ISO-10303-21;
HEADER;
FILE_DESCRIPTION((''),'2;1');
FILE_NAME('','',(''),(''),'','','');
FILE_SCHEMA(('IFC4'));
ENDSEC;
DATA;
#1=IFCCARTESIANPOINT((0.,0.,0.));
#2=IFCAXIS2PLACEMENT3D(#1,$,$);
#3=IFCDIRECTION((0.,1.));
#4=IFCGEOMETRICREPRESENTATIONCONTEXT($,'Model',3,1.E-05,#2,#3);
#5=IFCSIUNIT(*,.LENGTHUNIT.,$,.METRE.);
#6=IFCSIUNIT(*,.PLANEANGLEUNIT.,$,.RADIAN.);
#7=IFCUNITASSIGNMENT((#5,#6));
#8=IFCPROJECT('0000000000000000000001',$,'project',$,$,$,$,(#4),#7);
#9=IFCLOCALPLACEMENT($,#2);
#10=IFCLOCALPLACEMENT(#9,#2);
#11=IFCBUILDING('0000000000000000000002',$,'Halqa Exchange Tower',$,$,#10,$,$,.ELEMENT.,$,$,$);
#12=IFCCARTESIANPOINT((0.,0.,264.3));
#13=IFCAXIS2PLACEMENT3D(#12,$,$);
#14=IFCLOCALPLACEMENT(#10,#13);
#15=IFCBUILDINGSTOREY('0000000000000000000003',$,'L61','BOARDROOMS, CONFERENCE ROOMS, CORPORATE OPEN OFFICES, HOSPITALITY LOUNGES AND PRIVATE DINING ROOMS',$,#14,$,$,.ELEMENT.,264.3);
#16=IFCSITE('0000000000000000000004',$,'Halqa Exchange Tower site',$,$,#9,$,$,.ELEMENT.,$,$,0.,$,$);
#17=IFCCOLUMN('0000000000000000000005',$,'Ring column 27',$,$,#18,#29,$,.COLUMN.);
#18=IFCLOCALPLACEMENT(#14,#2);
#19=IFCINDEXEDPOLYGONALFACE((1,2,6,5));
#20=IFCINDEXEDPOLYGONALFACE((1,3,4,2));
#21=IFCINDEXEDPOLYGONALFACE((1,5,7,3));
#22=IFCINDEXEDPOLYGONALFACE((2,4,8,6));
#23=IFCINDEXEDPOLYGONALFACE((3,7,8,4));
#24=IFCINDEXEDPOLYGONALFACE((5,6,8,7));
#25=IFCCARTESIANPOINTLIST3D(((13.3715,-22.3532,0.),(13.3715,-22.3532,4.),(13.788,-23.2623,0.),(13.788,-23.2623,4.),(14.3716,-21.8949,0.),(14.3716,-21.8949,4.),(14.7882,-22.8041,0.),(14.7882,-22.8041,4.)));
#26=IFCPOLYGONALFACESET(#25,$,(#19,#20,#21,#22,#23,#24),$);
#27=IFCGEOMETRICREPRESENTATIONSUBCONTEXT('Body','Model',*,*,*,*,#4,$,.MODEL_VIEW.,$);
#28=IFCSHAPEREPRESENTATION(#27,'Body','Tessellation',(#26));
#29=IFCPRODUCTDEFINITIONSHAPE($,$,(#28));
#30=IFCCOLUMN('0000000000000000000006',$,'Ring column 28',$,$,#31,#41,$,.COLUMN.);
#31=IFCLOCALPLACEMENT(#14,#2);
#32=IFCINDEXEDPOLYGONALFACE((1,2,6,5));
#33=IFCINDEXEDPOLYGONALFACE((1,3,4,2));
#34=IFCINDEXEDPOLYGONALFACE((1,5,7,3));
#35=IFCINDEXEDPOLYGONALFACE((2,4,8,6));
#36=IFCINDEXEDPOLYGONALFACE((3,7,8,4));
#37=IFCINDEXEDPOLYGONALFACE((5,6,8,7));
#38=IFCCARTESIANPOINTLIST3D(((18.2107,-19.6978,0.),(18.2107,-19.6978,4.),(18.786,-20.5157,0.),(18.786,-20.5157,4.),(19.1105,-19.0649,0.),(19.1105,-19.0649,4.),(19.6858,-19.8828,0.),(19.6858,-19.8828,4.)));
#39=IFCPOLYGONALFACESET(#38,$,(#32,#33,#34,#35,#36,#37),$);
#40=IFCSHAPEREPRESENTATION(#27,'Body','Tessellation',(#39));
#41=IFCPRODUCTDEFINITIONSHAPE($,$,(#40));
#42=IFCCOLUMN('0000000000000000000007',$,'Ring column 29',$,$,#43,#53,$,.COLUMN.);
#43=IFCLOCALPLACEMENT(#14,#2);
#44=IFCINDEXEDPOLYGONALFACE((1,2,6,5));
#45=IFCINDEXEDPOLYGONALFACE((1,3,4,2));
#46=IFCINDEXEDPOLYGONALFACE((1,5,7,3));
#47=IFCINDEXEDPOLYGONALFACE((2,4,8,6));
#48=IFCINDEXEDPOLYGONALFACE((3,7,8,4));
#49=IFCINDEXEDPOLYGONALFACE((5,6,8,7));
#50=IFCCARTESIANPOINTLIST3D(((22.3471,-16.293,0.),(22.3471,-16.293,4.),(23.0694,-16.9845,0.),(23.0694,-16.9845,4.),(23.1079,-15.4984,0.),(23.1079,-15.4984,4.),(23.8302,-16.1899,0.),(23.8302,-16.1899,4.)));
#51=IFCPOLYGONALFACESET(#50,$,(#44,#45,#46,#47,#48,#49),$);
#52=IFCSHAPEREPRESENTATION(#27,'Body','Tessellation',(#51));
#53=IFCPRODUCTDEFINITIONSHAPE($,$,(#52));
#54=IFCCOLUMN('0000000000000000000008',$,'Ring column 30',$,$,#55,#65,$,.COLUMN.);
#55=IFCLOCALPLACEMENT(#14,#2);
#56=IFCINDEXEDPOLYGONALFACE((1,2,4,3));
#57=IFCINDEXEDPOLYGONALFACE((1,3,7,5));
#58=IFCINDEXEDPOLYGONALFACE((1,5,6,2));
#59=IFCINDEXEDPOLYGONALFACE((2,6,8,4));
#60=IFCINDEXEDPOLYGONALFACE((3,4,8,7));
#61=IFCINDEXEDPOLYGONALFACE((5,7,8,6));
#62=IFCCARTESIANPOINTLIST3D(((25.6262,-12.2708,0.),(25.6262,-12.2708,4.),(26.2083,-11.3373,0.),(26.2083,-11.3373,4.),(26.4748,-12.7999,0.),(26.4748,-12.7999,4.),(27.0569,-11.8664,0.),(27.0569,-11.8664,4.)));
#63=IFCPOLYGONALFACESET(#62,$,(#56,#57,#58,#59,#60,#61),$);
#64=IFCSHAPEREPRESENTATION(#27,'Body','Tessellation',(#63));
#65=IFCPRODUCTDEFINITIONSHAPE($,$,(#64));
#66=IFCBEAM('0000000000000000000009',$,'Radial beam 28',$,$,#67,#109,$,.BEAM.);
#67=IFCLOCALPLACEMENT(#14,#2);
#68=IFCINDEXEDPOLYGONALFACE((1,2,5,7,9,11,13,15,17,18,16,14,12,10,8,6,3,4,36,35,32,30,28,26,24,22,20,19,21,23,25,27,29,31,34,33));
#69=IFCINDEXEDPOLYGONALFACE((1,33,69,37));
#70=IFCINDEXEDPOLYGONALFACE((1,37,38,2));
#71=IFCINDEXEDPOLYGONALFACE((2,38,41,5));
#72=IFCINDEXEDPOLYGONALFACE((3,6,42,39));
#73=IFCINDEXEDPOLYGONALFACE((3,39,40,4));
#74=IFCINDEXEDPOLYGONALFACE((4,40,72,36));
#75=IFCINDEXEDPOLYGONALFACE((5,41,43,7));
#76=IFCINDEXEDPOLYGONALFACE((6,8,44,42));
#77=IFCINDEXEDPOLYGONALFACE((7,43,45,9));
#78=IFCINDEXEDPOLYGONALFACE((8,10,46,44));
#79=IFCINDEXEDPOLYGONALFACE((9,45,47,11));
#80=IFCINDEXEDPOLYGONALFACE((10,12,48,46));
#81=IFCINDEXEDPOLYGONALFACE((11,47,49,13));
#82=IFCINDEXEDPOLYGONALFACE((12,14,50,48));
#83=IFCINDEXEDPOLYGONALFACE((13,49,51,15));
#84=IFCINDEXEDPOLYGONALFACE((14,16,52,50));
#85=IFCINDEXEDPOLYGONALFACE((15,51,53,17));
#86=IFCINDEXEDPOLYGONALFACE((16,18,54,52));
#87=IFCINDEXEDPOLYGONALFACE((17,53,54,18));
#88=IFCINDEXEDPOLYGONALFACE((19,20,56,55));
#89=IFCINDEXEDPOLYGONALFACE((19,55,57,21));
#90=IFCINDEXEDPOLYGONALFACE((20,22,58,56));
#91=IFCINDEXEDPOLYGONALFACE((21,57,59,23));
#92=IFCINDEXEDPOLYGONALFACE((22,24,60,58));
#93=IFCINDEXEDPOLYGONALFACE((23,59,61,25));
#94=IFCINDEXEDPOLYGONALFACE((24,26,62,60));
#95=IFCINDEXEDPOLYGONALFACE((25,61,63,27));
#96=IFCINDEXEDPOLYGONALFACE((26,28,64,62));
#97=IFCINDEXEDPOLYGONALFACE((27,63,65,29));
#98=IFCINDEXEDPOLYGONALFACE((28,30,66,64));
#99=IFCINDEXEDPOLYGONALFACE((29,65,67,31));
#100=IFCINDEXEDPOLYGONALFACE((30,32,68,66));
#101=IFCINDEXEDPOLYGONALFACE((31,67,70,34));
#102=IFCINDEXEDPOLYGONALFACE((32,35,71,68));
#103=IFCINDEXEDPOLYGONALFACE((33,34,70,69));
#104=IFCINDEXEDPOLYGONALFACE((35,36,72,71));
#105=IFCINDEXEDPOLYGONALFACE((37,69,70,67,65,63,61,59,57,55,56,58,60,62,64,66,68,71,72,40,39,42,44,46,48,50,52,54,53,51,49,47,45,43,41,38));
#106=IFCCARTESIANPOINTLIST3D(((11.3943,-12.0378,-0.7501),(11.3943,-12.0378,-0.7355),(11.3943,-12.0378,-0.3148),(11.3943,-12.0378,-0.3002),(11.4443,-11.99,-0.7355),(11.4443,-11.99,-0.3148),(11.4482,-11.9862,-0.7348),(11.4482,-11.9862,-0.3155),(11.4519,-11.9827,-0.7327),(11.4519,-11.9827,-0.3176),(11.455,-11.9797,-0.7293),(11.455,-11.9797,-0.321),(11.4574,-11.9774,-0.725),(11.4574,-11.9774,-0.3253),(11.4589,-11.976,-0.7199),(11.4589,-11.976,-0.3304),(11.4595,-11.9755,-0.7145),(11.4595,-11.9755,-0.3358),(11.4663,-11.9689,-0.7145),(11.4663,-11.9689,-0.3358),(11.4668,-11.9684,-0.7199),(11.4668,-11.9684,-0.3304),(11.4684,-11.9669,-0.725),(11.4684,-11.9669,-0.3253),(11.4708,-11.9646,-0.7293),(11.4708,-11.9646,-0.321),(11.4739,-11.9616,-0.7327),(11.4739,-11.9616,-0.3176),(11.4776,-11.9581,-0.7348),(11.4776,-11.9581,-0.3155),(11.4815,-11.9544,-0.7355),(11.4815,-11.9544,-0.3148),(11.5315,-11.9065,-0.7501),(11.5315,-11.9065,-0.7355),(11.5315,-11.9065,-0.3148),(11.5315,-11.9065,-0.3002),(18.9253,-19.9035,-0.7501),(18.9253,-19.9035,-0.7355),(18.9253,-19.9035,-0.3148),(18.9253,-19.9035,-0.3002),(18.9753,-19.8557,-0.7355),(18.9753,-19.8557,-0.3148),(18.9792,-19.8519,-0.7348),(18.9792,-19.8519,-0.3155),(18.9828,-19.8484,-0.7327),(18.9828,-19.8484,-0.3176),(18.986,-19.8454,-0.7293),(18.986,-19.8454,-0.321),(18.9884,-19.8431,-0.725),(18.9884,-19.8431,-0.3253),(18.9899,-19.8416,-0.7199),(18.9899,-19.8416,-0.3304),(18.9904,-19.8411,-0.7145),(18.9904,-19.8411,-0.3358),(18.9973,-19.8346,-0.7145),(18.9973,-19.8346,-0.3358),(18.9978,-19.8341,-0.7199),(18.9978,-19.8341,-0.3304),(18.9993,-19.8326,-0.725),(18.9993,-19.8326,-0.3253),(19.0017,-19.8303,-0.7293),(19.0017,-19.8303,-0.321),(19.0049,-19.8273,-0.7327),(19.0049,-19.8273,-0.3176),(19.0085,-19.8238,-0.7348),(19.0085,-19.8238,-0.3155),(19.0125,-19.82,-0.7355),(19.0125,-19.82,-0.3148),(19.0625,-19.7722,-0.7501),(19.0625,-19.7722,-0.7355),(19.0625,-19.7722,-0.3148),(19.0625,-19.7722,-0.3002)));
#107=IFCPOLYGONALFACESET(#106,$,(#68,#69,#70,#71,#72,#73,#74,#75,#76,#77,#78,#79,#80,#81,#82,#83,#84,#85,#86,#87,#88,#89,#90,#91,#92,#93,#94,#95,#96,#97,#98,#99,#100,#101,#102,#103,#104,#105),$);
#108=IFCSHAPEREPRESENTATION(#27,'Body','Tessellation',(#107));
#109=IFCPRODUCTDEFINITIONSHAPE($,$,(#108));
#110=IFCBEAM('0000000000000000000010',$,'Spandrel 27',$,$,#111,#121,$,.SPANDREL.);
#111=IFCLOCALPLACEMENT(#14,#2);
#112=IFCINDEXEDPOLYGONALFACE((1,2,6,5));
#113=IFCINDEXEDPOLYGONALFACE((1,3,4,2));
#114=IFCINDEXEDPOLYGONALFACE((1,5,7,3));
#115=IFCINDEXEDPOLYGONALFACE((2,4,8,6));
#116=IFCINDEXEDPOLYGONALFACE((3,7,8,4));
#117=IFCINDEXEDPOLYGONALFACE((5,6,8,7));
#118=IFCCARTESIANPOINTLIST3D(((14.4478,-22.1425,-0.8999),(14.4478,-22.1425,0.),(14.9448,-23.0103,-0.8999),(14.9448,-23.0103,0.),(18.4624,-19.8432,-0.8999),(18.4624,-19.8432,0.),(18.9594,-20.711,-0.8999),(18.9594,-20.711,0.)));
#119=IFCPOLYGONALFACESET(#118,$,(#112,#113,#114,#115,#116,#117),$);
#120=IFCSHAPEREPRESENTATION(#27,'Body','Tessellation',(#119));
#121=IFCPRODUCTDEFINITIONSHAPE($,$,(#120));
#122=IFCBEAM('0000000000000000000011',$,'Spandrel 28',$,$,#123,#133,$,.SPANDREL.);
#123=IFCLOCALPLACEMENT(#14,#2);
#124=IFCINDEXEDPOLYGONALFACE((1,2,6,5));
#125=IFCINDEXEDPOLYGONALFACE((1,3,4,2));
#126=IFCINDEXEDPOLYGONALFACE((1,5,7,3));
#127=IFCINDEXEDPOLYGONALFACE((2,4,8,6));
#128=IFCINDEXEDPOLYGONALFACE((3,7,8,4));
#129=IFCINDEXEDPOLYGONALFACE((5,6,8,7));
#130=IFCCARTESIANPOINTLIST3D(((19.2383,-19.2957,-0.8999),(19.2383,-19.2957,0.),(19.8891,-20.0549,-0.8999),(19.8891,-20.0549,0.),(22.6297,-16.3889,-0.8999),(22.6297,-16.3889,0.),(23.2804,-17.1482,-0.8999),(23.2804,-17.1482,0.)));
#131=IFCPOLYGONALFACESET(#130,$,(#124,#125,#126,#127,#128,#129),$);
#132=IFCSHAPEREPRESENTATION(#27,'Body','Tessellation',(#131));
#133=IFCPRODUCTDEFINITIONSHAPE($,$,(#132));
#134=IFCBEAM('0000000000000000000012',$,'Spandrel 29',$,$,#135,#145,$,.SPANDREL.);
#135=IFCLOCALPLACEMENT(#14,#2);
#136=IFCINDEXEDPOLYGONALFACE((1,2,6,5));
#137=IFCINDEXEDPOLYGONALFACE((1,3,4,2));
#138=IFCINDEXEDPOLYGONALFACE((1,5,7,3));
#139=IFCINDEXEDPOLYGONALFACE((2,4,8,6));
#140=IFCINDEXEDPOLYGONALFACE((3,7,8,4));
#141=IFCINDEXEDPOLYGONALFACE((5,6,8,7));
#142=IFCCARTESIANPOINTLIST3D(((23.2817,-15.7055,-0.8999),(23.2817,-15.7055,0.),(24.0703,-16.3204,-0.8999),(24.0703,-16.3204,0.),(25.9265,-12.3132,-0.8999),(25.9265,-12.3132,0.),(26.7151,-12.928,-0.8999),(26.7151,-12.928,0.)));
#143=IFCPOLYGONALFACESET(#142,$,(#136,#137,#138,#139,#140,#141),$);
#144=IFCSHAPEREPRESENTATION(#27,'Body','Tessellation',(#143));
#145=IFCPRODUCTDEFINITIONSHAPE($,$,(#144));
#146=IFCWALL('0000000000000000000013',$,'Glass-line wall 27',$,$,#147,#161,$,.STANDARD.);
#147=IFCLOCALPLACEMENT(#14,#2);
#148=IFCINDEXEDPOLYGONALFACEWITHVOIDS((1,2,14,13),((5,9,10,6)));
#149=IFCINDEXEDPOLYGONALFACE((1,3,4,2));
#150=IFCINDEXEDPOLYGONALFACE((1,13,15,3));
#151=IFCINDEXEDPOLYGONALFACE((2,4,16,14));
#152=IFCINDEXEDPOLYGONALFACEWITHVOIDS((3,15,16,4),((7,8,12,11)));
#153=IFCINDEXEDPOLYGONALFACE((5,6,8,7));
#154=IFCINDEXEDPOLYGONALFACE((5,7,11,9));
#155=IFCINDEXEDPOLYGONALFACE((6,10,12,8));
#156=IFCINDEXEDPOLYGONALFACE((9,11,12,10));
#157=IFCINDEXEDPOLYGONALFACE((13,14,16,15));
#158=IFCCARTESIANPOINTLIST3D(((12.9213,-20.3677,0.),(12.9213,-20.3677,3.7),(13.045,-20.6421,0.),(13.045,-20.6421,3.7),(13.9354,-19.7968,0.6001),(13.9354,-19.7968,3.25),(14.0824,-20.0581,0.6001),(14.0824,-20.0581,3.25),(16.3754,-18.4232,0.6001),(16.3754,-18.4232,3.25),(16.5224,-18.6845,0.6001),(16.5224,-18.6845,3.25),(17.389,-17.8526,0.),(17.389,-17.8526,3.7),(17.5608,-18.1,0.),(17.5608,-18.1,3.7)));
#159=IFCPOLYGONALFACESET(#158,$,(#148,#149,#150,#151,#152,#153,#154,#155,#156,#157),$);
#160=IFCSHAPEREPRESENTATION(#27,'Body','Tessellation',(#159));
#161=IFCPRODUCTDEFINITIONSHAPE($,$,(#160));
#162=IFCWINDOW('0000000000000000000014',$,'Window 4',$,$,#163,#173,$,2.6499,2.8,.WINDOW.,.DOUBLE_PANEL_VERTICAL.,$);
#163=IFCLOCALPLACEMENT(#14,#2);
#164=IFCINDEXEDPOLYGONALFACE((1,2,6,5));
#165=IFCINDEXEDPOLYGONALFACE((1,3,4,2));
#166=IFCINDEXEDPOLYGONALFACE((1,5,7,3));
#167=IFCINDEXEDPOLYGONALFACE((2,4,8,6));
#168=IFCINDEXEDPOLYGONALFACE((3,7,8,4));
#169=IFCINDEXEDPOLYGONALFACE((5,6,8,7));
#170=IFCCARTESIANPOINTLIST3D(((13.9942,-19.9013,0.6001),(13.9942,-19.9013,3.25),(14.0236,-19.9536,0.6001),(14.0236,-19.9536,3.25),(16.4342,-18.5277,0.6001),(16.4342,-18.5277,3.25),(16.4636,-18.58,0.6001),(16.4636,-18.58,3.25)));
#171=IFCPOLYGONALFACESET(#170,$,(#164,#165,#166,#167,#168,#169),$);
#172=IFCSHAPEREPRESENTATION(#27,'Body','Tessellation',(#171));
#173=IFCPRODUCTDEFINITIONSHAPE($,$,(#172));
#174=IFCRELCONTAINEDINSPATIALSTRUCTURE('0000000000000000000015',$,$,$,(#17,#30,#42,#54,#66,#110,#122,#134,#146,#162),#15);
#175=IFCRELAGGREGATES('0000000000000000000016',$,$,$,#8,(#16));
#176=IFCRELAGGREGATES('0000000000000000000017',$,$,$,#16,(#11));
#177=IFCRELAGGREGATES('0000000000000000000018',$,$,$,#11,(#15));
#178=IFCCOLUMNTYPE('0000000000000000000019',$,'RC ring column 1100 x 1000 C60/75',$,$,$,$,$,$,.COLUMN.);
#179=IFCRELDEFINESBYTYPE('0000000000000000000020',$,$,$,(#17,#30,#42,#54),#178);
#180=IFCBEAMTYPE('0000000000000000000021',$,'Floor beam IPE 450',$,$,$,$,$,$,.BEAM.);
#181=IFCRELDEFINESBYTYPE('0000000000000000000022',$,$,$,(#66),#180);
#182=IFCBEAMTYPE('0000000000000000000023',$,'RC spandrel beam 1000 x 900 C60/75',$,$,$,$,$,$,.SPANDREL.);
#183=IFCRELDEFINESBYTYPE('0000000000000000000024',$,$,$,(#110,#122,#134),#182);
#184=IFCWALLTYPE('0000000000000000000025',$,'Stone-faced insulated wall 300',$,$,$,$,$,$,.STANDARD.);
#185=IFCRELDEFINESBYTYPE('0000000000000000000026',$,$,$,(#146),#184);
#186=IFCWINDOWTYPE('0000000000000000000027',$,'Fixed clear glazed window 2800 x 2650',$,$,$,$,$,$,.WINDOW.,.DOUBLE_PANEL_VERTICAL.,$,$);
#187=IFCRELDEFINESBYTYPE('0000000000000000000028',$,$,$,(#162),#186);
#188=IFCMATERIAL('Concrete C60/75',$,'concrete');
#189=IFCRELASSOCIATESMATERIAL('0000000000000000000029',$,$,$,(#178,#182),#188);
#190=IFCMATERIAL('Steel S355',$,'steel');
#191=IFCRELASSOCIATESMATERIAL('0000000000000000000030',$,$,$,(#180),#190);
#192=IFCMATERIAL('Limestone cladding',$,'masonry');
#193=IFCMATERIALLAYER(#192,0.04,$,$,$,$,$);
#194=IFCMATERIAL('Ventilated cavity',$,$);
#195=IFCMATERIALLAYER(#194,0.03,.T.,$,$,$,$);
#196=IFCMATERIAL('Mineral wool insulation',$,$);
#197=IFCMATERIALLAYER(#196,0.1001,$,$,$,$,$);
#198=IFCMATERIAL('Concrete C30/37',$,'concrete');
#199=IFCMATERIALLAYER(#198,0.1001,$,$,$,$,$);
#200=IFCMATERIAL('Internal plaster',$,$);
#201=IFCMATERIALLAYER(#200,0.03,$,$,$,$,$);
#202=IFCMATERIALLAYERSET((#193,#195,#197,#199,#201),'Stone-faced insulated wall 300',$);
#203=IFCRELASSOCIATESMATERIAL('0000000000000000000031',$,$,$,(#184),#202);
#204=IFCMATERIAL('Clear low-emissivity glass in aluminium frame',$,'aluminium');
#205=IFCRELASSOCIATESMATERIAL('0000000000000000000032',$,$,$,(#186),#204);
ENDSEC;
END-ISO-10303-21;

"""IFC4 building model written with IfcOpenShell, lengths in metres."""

from ifc_helpers import new_model, si_unit, direction, frame, frame_2d, origin, origin_2d, place, context, subcontext, project, spatial, polyline, rectangle, i_section, outline, extrude, material, layer, layer_set, material_profile, profile_set, type_object, element, fill, save


model = new_model("IFC4")

# Units and contexts
model_context = context("Model", 3, precision=1e-05, world=origin(), true_north=direction((0.0, 1.0)))
body_context = subcontext(model_context, "Body", "Model", "MODEL_VIEW")
ifc_project = project(units=[si_unit("LENGTHUNIT", "METRE"), si_unit("PLANEANGLEUNIT", "RADIAN")], contexts=[model_context])

# Site, building, storey
site_placement = place(None, origin())
site = spatial("IfcSite", under=ifc_project, at=site_placement, Name="Halqa Exchange Tower site", CompositionType="ELEMENT", RefElevation=0.0)
building_placement = place(site_placement, origin())
building = spatial("IfcBuilding", under=site, at=building_placement, Name="Halqa Exchange Tower", CompositionType="ELEMENT")
storey_placement = place(building_placement, frame((0.0, 0.0, 264.3)))
storey = spatial("IfcBuildingStorey", under=building, at=storey_placement, Name="L61", Description="BOARDROOMS, CONFERENCE ROOMS, CORPORATE OPEN OFFICES, HOSPITALITY LOUNGES AND PRIVATE DINING ROOMS", CompositionType="ELEMENT", Elevation=264.3)

# Columns
ifc_material_1 = material(Name="Concrete C60/75", Category="concrete")
ifc_material_profile_1 = material_profile(ifc_material_1, rectangle(XDim=1.1001, YDim=1.0, at=origin_2d()), Name="1100 x 1000")
ifc_profile_set_1 = profile_set([ifc_material_profile_1], Name="Concrete C60/75")
column_type = type_object("IfcColumnType", Name="RC ring column 1100 x 1000 C60/75", PredefinedType="COLUMN", material=ifc_profile_set_1)
for number, where, z_axis, x_axis, name in (
    (1, (14.0798, -22.5786, 0.0), (0.0, 0.0, 1.0), (0.909127, 0.416519, 0.0), "Ring column 27"),
    (2, (18.9482, -19.7903, 0.0), (0.0, 0.0, 1.0), (0.817907, 0.575351, 0.0), "Ring column 28"),
    (3, (23.0886, -16.2415, 0.0), (0.0, 0.0, 1.0), (0.69158, 0.7223, 0.0), "Ring column 29"),
    (4, (26.3416, -12.0686, 0.0), (0.0, 0.0, 1.0), (0.529142, 0.848533, 0.0), "Ring column 30"),
):
    element("IfcColumn", number, at=place(storey_placement, frame(where, z_axis=z_axis, x_axis=x_axis)), inside=storey, type_object=column_type, Name=name, PredefinedType="COLUMN", context=body_context, shape_type="SweptSolid", body=[
        extrude(rectangle(XDim=1.1001, YDim=1.0, at=origin_2d()), origin(), (0.0, 0.0, 1.0), 4.0),
    ])

# Beams
ifc_material_2 = material(Name="Steel S355", Category="steel")
ifc_material_profile_2 = material_profile(ifc_material_2, i_section(OverallWidth=0.1899, OverallDepth=0.45, WebThickness=0.0095, FlangeThickness=0.0146, FilletRadius=0.021, at=origin_2d()), Name="IPE 450")
ifc_profile_set_2 = profile_set([ifc_material_profile_2], Name="Steel S355")
beam_type_1 = type_object("IfcBeamType", Name="Floor beam IPE 450", PredefinedType="BEAM", material=ifc_profile_set_2)
beam_1_placement = place(storey_placement, frame((11.4629, -11.9722, -0.5251), z_axis=(0.691571, -0.722308, 0.0), x_axis=(0.722308, 0.691571, 0.0)))
element("IfcBeam", 5, at=beam_1_placement, inside=storey, type_object=beam_type_1, Name="Radial beam 28", PredefinedType="BEAM", context=body_context, shape_type="SweptSolid", body=[
    extrude(i_section(OverallWidth=0.1899, OverallDepth=0.45, WebThickness=0.0095, FlangeThickness=0.0146, FilletRadius=0.021, at=origin_2d()), origin(), (0.0, 0.0, 1.0), 10.8896),
])
ifc_material_profile_3 = material_profile(ifc_material_1, rectangle(XDim=1.0, YDim=0.8999, at=origin_2d()), Name="1000 x 900")
ifc_profile_set_3 = profile_set([ifc_material_profile_3], Name="Concrete C60/75")
beam_type_2 = type_object("IfcBeamType", Name="RC spandrel beam 1000 x 900 C60/75", PredefinedType="SPANDREL", material=ifc_profile_set_3)
beam_2_placement = place(storey_placement, frame((14.6963, -22.5764, -0.45), z_axis=(0.867756, 0.496991, 0.0), x_axis=(-0.496991, 0.867756, 0.0)))
element("IfcBeam", 6, at=beam_2_placement, inside=storey, type_object=beam_type_2, Name="Spandrel 27", PredefinedType="SPANDREL", context=body_context, shape_type="SweptSolid", body=[
    extrude(rectangle(XDim=1.0, YDim=0.8999, at=origin_2d()), origin(), (0.0, 0.0, 1.0), 4.6265),
])
beam_3_placement = place(storey_placement, frame((19.5637, -19.6753, -0.45), z_axis=(0.759272, 0.650773, 0.0), x_axis=(-0.650773, 0.759272, 0.0)))
element("IfcBeam", 7, at=beam_3_placement, inside=storey, type_object=beam_type_2, Name="Spandrel 28", PredefinedType="SPANDREL", context=body_context, shape_type="SweptSolid", body=[
    extrude(rectangle(XDim=1.0, YDim=0.8999, at=origin_2d()), origin(), (0.0, 0.0, 1.0), 4.4666),
])
beam_4_placement = place(storey_placement, frame((23.676, -16.0129, -0.45), z_axis=(0.614852, 0.788643, 0.0), x_axis=(-0.788643, 0.614852, 0.0)))
element("IfcBeam", 8, at=beam_4_placement, inside=storey, type_object=beam_type_2, Name="Spandrel 29", PredefinedType="SPANDREL", context=body_context, shape_type="SweptSolid", body=[
    extrude(rectangle(XDim=1.0, YDim=0.8999, at=origin_2d()), origin(), (0.0, 0.0, 1.0), 4.3015),
])

# Wall, opening, window
ifc_material_3 = material(Name="Limestone cladding", Category="masonry")
ifc_layer_1 = layer(ifc_material_3, 0.04)
ifc_material_4 = material(Name="Ventilated cavity")
ifc_layer_2 = layer(ifc_material_4, 0.03, ventilated=True)
ifc_material_5 = material(Name="Mineral wool insulation")
ifc_layer_3 = layer(ifc_material_5, 0.1001)
ifc_material_6 = material(Name="Concrete C30/37", Category="concrete")
ifc_layer_4 = layer(ifc_material_6, 0.1001)
ifc_material_7 = material(Name="Internal plaster")
ifc_layer_5 = layer(ifc_material_7, 0.03)
ifc_layer_set_1 = layer_set([ifc_layer_1, ifc_layer_2, ifc_layer_3, ifc_layer_4, ifc_layer_5], Name="Stone-faced insulated wall 300")
wall_type_1 = type_object("IfcWallType", Name="Stone-faced insulated wall 300", PredefinedType="STANDARD", material=ifc_layer_set_1)
wall_1_placement = place(storey_placement, frame((12.9832, -20.5049, 0.0), z_axis=(0.0, 0.0, 1.0), x_axis=(0.871411, 0.490554, 0.0)))
wall_1 = element("IfcWall", 9, at=wall_1_placement, inside=storey, type_object=wall_type_1, Name="Glass-line wall 27", PredefinedType="STANDARD", context=body_context, shape_type="SweptSolid", body=[
    extrude(outline(polyline([(-0.0134, -0.1499), (5.1687, -0.1499), (5.1404, 0.1499), (0.0134, 0.1499), (-0.0134, -0.1499)])), origin(), (0.0, 0.0, 1.0), 3.7),
])
opening_1_placement = place(wall_1_placement, frame((1.1772, 0.0, 0.6001)))
opening_1 = element("IfcOpeningElement", 10, at=opening_1_placement, cuts=wall_1, PredefinedType="OPENING", context=body_context, shape_type="SweptSolid", body=[
    extrude(rectangle(XDim=2.8, YDim=2.6499, at=frame_2d((1.3999, 1.325))), frame((0.0, 0.1621, 0.0), z_axis=(0.0, -1.0, 0.0), x_axis=(1.0, 0.0, 0.0)), (0.0, 0.0, 1.0), 0.324),
])
ifc_material_8 = material(Name="Clear low-emissivity glass in aluminium frame", Category="aluminium")
window_type = type_object("IfcWindowType", Name="Fixed clear glazed window 2800 x 2650", PartitioningType="DOUBLE_PANEL_VERTICAL", PredefinedType="WINDOW", material=ifc_material_8)
window_1_placement = place(opening_1_placement, origin())
window_1 = element("IfcWindow", 11, at=window_1_placement, inside=storey, type_object=window_type, Name="Window 4", OverallHeight=2.6499, OverallWidth=2.8, PartitioningType="DOUBLE_PANEL_VERTICAL", PredefinedType="WINDOW", context=body_context, shape_type="SweptSolid", body=[
    extrude(rectangle(XDim=2.8, YDim=2.6499, at=frame_2d((1.3999, 1.325))), frame((0.0, 0.03, 0.0), z_axis=(0.0, -1.0, 0.0), x_axis=(1.0, 0.0, 0.0)), (0.0, 0.0, 1.0), 0.0601),
])
fill(opening_1, window_1)

save(model, "model.ifc")
